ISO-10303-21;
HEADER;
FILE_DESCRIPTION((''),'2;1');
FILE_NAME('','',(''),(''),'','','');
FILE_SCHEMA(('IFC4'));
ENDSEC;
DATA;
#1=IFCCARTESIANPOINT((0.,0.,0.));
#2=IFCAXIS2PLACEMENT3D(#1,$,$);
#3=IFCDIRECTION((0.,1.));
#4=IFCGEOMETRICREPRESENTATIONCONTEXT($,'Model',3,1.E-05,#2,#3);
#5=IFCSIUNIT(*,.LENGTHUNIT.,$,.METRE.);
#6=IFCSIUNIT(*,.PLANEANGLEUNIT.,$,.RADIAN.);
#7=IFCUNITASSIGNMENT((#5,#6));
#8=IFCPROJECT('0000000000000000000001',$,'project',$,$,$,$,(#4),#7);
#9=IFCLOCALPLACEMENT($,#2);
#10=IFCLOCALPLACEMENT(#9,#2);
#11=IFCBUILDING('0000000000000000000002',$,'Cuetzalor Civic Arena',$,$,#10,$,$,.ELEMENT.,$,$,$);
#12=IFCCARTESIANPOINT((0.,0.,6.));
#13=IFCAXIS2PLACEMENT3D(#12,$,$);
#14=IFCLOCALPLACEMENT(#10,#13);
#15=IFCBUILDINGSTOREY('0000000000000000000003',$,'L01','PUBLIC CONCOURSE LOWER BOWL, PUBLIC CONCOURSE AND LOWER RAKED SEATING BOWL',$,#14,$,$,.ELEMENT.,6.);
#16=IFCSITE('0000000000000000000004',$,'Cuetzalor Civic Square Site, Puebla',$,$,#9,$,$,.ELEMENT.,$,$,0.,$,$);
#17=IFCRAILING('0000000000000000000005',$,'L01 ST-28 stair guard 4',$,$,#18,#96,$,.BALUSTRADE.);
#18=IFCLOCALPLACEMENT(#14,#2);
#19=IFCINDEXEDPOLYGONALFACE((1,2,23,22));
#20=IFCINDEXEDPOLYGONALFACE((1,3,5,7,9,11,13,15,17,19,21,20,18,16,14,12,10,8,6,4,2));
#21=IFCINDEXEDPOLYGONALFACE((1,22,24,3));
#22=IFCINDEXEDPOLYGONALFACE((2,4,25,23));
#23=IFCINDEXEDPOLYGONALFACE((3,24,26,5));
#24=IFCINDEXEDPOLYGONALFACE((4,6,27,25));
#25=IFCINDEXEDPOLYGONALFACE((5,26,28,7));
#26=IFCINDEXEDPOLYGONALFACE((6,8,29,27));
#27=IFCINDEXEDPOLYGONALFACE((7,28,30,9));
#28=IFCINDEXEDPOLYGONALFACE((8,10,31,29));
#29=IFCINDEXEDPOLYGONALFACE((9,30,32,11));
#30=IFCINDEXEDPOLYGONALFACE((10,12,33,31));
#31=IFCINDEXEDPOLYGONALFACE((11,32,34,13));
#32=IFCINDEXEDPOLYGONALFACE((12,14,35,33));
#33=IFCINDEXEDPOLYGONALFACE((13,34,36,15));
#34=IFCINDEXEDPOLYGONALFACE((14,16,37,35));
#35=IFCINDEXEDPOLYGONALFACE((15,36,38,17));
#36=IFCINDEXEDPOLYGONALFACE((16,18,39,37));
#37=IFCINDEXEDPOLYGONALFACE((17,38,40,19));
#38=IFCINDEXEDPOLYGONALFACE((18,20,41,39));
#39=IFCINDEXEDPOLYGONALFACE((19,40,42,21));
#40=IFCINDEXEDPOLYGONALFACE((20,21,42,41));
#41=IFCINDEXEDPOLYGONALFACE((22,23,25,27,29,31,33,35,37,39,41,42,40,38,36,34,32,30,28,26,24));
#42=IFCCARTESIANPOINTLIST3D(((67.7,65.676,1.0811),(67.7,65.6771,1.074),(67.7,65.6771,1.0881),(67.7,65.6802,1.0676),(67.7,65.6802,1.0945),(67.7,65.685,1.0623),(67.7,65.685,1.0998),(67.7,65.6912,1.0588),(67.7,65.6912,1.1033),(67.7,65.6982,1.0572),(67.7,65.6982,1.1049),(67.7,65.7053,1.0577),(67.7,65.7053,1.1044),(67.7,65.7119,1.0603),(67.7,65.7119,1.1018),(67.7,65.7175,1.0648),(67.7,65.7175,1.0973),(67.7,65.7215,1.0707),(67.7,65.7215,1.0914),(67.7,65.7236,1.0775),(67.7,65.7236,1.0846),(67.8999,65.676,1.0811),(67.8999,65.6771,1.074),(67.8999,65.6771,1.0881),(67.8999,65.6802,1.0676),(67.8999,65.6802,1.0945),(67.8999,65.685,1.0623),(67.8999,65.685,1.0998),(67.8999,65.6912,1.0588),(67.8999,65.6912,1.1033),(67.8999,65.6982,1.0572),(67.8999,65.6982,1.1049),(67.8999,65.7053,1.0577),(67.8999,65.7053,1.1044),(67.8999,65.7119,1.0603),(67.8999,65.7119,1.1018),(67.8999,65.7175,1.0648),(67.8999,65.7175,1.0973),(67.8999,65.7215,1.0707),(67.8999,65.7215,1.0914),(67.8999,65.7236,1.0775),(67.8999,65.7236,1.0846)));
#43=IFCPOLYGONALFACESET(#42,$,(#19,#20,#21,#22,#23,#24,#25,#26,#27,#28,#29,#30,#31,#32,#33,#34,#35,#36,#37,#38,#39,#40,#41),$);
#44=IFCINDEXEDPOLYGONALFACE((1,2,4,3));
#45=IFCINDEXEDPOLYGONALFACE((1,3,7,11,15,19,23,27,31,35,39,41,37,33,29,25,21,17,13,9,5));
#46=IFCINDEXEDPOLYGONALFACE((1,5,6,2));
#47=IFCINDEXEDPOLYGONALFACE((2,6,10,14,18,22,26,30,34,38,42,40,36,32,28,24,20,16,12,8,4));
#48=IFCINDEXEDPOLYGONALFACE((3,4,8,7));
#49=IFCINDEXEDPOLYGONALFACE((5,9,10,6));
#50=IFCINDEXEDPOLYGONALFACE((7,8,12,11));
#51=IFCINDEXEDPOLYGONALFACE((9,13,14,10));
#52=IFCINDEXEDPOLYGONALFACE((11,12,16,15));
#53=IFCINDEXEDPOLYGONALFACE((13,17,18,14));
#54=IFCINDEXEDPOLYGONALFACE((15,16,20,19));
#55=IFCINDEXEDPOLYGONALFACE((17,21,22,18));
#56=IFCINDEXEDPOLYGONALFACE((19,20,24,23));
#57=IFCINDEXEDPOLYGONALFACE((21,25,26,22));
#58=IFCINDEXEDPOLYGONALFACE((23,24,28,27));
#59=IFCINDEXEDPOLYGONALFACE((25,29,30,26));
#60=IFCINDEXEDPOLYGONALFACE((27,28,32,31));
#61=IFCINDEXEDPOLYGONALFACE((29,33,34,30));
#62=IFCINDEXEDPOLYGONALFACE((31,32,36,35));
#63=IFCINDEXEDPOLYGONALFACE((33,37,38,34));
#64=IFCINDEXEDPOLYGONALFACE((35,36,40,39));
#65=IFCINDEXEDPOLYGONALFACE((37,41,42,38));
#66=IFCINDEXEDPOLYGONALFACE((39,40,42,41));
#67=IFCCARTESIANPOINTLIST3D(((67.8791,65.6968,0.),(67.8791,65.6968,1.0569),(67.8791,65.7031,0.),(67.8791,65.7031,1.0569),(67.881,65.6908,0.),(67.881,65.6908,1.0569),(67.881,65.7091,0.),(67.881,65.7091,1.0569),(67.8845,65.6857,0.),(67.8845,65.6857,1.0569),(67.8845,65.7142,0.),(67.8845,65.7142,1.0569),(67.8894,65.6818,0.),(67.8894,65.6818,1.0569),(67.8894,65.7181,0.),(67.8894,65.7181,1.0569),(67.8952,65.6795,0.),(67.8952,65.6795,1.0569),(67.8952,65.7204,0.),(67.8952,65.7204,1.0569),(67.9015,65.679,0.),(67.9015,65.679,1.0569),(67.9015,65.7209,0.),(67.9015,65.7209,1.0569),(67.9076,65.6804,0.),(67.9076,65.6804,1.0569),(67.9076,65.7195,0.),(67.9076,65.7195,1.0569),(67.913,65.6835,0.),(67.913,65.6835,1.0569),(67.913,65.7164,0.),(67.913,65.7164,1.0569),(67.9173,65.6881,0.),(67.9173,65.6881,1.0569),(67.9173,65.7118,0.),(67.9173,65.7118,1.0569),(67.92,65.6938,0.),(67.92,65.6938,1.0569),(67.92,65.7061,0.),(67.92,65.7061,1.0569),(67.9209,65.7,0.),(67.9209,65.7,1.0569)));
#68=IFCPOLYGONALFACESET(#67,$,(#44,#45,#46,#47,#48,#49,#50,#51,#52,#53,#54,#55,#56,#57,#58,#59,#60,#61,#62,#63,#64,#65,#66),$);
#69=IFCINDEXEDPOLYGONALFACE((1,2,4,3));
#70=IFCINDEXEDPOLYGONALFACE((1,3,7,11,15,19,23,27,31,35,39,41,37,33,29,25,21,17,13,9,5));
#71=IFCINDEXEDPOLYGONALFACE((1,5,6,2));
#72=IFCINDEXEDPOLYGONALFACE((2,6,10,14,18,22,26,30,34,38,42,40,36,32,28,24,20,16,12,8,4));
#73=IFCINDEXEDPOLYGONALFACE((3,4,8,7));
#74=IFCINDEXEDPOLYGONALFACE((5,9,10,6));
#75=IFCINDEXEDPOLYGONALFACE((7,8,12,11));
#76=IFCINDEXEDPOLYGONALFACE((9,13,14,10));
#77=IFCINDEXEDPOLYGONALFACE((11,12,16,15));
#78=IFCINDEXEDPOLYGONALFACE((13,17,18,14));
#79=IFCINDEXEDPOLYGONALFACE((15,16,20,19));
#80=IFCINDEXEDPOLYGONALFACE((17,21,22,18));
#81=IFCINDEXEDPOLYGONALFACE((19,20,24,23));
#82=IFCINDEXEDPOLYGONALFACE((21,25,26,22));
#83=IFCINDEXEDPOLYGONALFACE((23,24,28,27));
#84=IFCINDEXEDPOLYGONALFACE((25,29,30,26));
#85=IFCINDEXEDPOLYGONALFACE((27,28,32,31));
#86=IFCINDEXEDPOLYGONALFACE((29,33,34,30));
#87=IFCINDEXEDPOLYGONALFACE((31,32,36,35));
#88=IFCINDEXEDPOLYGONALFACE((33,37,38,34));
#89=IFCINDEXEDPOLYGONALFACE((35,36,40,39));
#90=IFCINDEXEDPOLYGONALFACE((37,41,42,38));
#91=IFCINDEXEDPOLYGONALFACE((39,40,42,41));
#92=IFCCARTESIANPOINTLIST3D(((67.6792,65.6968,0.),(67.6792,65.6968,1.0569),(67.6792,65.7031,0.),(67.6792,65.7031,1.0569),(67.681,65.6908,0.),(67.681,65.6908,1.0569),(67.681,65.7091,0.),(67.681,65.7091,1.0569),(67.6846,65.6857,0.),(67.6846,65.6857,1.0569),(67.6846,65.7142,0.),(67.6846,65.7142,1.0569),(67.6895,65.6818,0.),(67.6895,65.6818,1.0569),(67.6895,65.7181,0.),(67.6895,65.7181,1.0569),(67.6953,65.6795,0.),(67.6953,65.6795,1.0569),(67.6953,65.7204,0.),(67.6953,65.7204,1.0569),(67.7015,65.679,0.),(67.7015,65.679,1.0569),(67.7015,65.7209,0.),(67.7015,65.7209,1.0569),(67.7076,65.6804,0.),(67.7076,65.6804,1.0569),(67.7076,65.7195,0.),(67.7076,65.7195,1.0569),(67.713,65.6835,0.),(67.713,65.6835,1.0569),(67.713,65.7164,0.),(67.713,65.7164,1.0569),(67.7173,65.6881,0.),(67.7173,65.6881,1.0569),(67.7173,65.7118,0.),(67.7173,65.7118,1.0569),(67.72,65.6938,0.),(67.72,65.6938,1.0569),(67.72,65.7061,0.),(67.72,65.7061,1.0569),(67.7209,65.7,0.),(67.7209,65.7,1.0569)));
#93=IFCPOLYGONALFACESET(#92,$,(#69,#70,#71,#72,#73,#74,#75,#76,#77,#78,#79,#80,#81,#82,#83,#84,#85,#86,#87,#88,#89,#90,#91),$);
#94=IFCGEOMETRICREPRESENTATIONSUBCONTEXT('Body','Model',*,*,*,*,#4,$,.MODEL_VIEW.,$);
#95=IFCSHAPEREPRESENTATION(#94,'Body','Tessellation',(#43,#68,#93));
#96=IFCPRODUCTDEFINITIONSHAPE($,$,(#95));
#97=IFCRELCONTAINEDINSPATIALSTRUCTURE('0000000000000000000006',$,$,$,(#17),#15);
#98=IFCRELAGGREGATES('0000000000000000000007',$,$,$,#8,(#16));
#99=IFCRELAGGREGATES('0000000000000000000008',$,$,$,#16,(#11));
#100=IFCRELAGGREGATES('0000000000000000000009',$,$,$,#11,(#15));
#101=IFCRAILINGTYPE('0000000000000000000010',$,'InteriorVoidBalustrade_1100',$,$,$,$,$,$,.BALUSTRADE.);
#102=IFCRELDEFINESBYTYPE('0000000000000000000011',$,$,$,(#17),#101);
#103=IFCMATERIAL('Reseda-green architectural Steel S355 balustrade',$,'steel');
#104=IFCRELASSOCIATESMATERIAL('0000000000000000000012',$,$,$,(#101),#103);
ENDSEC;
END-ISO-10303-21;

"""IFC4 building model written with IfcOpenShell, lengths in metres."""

from ifc_helpers import new_model, si_unit, direction, frame, origin, origin_2d, place, context, subcontext, project, spatial, circle, extrude, material, type_object, element, save


model = new_model("IFC4")

# Units and contexts
model_context = context("Model", 3, precision=1e-05, world=origin(), true_north=direction((0.0, 1.0)))
body_context = subcontext(model_context, "Body", "Model", "MODEL_VIEW")
ifc_project = project(units=[si_unit("LENGTHUNIT", "METRE"), si_unit("PLANEANGLEUNIT", "RADIAN")], contexts=[model_context])

# Site, building, storey
site_placement = place(None, origin())
site = spatial("IfcSite", under=ifc_project, at=site_placement, Name="Cuetzalor Civic Square Site, Puebla", CompositionType="ELEMENT", RefElevation=0.0)
building_placement = place(site_placement, origin())
building = spatial("IfcBuilding", under=site, at=building_placement, Name="Cuetzalor Civic Arena", CompositionType="ELEMENT")
storey_placement = place(building_placement, frame((0.0, 0.0, 6.0)))
storey = spatial("IfcBuildingStorey", under=building, at=storey_placement, Name="L01", Description="PUBLIC CONCOURSE LOWER BOWL, PUBLIC CONCOURSE AND LOWER RAKED SEATING BOWL", CompositionType="ELEMENT", Elevation=6.0)

# Railing
ifc_material_1 = material(Name="Reseda-green architectural Steel S355 balustrade", Category="steel")
railing_type_1 = type_object("IfcRailingType", Name="InteriorVoidBalustrade_1100", PredefinedType="BALUSTRADE", material=ifc_material_1)
railing_1_placement = place(storey_placement, frame((67.8999, 65.7, 0.0)))
element("IfcRailing", 1, at=railing_1_placement, inside=storey, type_object=railing_type_1, Name="L01 ST-28 stair guard 4", PredefinedType="BALUSTRADE", context=body_context, shape_type="SweptSolid", body=[
    extrude(circle(Radius=0.0239, at=origin_2d()), frame((0.0, 0.0, 1.0811), z_axis=(-1.0, 0.0, 0.0), x_axis=(0.0, -1.0, 0.0)), (0.0, 0.0, 1.0), 0.2),
    extrude(circle(Radius=0.021, at=origin_2d()), origin(), (0.0, 0.0, 1.0), 1.0569),
    extrude(circle(Radius=0.021, at=origin_2d()), frame((-0.2, 0.0, 0.0)), (0.0, 0.0, 1.0), 1.0569),
])

save(model, "model.ifc")
